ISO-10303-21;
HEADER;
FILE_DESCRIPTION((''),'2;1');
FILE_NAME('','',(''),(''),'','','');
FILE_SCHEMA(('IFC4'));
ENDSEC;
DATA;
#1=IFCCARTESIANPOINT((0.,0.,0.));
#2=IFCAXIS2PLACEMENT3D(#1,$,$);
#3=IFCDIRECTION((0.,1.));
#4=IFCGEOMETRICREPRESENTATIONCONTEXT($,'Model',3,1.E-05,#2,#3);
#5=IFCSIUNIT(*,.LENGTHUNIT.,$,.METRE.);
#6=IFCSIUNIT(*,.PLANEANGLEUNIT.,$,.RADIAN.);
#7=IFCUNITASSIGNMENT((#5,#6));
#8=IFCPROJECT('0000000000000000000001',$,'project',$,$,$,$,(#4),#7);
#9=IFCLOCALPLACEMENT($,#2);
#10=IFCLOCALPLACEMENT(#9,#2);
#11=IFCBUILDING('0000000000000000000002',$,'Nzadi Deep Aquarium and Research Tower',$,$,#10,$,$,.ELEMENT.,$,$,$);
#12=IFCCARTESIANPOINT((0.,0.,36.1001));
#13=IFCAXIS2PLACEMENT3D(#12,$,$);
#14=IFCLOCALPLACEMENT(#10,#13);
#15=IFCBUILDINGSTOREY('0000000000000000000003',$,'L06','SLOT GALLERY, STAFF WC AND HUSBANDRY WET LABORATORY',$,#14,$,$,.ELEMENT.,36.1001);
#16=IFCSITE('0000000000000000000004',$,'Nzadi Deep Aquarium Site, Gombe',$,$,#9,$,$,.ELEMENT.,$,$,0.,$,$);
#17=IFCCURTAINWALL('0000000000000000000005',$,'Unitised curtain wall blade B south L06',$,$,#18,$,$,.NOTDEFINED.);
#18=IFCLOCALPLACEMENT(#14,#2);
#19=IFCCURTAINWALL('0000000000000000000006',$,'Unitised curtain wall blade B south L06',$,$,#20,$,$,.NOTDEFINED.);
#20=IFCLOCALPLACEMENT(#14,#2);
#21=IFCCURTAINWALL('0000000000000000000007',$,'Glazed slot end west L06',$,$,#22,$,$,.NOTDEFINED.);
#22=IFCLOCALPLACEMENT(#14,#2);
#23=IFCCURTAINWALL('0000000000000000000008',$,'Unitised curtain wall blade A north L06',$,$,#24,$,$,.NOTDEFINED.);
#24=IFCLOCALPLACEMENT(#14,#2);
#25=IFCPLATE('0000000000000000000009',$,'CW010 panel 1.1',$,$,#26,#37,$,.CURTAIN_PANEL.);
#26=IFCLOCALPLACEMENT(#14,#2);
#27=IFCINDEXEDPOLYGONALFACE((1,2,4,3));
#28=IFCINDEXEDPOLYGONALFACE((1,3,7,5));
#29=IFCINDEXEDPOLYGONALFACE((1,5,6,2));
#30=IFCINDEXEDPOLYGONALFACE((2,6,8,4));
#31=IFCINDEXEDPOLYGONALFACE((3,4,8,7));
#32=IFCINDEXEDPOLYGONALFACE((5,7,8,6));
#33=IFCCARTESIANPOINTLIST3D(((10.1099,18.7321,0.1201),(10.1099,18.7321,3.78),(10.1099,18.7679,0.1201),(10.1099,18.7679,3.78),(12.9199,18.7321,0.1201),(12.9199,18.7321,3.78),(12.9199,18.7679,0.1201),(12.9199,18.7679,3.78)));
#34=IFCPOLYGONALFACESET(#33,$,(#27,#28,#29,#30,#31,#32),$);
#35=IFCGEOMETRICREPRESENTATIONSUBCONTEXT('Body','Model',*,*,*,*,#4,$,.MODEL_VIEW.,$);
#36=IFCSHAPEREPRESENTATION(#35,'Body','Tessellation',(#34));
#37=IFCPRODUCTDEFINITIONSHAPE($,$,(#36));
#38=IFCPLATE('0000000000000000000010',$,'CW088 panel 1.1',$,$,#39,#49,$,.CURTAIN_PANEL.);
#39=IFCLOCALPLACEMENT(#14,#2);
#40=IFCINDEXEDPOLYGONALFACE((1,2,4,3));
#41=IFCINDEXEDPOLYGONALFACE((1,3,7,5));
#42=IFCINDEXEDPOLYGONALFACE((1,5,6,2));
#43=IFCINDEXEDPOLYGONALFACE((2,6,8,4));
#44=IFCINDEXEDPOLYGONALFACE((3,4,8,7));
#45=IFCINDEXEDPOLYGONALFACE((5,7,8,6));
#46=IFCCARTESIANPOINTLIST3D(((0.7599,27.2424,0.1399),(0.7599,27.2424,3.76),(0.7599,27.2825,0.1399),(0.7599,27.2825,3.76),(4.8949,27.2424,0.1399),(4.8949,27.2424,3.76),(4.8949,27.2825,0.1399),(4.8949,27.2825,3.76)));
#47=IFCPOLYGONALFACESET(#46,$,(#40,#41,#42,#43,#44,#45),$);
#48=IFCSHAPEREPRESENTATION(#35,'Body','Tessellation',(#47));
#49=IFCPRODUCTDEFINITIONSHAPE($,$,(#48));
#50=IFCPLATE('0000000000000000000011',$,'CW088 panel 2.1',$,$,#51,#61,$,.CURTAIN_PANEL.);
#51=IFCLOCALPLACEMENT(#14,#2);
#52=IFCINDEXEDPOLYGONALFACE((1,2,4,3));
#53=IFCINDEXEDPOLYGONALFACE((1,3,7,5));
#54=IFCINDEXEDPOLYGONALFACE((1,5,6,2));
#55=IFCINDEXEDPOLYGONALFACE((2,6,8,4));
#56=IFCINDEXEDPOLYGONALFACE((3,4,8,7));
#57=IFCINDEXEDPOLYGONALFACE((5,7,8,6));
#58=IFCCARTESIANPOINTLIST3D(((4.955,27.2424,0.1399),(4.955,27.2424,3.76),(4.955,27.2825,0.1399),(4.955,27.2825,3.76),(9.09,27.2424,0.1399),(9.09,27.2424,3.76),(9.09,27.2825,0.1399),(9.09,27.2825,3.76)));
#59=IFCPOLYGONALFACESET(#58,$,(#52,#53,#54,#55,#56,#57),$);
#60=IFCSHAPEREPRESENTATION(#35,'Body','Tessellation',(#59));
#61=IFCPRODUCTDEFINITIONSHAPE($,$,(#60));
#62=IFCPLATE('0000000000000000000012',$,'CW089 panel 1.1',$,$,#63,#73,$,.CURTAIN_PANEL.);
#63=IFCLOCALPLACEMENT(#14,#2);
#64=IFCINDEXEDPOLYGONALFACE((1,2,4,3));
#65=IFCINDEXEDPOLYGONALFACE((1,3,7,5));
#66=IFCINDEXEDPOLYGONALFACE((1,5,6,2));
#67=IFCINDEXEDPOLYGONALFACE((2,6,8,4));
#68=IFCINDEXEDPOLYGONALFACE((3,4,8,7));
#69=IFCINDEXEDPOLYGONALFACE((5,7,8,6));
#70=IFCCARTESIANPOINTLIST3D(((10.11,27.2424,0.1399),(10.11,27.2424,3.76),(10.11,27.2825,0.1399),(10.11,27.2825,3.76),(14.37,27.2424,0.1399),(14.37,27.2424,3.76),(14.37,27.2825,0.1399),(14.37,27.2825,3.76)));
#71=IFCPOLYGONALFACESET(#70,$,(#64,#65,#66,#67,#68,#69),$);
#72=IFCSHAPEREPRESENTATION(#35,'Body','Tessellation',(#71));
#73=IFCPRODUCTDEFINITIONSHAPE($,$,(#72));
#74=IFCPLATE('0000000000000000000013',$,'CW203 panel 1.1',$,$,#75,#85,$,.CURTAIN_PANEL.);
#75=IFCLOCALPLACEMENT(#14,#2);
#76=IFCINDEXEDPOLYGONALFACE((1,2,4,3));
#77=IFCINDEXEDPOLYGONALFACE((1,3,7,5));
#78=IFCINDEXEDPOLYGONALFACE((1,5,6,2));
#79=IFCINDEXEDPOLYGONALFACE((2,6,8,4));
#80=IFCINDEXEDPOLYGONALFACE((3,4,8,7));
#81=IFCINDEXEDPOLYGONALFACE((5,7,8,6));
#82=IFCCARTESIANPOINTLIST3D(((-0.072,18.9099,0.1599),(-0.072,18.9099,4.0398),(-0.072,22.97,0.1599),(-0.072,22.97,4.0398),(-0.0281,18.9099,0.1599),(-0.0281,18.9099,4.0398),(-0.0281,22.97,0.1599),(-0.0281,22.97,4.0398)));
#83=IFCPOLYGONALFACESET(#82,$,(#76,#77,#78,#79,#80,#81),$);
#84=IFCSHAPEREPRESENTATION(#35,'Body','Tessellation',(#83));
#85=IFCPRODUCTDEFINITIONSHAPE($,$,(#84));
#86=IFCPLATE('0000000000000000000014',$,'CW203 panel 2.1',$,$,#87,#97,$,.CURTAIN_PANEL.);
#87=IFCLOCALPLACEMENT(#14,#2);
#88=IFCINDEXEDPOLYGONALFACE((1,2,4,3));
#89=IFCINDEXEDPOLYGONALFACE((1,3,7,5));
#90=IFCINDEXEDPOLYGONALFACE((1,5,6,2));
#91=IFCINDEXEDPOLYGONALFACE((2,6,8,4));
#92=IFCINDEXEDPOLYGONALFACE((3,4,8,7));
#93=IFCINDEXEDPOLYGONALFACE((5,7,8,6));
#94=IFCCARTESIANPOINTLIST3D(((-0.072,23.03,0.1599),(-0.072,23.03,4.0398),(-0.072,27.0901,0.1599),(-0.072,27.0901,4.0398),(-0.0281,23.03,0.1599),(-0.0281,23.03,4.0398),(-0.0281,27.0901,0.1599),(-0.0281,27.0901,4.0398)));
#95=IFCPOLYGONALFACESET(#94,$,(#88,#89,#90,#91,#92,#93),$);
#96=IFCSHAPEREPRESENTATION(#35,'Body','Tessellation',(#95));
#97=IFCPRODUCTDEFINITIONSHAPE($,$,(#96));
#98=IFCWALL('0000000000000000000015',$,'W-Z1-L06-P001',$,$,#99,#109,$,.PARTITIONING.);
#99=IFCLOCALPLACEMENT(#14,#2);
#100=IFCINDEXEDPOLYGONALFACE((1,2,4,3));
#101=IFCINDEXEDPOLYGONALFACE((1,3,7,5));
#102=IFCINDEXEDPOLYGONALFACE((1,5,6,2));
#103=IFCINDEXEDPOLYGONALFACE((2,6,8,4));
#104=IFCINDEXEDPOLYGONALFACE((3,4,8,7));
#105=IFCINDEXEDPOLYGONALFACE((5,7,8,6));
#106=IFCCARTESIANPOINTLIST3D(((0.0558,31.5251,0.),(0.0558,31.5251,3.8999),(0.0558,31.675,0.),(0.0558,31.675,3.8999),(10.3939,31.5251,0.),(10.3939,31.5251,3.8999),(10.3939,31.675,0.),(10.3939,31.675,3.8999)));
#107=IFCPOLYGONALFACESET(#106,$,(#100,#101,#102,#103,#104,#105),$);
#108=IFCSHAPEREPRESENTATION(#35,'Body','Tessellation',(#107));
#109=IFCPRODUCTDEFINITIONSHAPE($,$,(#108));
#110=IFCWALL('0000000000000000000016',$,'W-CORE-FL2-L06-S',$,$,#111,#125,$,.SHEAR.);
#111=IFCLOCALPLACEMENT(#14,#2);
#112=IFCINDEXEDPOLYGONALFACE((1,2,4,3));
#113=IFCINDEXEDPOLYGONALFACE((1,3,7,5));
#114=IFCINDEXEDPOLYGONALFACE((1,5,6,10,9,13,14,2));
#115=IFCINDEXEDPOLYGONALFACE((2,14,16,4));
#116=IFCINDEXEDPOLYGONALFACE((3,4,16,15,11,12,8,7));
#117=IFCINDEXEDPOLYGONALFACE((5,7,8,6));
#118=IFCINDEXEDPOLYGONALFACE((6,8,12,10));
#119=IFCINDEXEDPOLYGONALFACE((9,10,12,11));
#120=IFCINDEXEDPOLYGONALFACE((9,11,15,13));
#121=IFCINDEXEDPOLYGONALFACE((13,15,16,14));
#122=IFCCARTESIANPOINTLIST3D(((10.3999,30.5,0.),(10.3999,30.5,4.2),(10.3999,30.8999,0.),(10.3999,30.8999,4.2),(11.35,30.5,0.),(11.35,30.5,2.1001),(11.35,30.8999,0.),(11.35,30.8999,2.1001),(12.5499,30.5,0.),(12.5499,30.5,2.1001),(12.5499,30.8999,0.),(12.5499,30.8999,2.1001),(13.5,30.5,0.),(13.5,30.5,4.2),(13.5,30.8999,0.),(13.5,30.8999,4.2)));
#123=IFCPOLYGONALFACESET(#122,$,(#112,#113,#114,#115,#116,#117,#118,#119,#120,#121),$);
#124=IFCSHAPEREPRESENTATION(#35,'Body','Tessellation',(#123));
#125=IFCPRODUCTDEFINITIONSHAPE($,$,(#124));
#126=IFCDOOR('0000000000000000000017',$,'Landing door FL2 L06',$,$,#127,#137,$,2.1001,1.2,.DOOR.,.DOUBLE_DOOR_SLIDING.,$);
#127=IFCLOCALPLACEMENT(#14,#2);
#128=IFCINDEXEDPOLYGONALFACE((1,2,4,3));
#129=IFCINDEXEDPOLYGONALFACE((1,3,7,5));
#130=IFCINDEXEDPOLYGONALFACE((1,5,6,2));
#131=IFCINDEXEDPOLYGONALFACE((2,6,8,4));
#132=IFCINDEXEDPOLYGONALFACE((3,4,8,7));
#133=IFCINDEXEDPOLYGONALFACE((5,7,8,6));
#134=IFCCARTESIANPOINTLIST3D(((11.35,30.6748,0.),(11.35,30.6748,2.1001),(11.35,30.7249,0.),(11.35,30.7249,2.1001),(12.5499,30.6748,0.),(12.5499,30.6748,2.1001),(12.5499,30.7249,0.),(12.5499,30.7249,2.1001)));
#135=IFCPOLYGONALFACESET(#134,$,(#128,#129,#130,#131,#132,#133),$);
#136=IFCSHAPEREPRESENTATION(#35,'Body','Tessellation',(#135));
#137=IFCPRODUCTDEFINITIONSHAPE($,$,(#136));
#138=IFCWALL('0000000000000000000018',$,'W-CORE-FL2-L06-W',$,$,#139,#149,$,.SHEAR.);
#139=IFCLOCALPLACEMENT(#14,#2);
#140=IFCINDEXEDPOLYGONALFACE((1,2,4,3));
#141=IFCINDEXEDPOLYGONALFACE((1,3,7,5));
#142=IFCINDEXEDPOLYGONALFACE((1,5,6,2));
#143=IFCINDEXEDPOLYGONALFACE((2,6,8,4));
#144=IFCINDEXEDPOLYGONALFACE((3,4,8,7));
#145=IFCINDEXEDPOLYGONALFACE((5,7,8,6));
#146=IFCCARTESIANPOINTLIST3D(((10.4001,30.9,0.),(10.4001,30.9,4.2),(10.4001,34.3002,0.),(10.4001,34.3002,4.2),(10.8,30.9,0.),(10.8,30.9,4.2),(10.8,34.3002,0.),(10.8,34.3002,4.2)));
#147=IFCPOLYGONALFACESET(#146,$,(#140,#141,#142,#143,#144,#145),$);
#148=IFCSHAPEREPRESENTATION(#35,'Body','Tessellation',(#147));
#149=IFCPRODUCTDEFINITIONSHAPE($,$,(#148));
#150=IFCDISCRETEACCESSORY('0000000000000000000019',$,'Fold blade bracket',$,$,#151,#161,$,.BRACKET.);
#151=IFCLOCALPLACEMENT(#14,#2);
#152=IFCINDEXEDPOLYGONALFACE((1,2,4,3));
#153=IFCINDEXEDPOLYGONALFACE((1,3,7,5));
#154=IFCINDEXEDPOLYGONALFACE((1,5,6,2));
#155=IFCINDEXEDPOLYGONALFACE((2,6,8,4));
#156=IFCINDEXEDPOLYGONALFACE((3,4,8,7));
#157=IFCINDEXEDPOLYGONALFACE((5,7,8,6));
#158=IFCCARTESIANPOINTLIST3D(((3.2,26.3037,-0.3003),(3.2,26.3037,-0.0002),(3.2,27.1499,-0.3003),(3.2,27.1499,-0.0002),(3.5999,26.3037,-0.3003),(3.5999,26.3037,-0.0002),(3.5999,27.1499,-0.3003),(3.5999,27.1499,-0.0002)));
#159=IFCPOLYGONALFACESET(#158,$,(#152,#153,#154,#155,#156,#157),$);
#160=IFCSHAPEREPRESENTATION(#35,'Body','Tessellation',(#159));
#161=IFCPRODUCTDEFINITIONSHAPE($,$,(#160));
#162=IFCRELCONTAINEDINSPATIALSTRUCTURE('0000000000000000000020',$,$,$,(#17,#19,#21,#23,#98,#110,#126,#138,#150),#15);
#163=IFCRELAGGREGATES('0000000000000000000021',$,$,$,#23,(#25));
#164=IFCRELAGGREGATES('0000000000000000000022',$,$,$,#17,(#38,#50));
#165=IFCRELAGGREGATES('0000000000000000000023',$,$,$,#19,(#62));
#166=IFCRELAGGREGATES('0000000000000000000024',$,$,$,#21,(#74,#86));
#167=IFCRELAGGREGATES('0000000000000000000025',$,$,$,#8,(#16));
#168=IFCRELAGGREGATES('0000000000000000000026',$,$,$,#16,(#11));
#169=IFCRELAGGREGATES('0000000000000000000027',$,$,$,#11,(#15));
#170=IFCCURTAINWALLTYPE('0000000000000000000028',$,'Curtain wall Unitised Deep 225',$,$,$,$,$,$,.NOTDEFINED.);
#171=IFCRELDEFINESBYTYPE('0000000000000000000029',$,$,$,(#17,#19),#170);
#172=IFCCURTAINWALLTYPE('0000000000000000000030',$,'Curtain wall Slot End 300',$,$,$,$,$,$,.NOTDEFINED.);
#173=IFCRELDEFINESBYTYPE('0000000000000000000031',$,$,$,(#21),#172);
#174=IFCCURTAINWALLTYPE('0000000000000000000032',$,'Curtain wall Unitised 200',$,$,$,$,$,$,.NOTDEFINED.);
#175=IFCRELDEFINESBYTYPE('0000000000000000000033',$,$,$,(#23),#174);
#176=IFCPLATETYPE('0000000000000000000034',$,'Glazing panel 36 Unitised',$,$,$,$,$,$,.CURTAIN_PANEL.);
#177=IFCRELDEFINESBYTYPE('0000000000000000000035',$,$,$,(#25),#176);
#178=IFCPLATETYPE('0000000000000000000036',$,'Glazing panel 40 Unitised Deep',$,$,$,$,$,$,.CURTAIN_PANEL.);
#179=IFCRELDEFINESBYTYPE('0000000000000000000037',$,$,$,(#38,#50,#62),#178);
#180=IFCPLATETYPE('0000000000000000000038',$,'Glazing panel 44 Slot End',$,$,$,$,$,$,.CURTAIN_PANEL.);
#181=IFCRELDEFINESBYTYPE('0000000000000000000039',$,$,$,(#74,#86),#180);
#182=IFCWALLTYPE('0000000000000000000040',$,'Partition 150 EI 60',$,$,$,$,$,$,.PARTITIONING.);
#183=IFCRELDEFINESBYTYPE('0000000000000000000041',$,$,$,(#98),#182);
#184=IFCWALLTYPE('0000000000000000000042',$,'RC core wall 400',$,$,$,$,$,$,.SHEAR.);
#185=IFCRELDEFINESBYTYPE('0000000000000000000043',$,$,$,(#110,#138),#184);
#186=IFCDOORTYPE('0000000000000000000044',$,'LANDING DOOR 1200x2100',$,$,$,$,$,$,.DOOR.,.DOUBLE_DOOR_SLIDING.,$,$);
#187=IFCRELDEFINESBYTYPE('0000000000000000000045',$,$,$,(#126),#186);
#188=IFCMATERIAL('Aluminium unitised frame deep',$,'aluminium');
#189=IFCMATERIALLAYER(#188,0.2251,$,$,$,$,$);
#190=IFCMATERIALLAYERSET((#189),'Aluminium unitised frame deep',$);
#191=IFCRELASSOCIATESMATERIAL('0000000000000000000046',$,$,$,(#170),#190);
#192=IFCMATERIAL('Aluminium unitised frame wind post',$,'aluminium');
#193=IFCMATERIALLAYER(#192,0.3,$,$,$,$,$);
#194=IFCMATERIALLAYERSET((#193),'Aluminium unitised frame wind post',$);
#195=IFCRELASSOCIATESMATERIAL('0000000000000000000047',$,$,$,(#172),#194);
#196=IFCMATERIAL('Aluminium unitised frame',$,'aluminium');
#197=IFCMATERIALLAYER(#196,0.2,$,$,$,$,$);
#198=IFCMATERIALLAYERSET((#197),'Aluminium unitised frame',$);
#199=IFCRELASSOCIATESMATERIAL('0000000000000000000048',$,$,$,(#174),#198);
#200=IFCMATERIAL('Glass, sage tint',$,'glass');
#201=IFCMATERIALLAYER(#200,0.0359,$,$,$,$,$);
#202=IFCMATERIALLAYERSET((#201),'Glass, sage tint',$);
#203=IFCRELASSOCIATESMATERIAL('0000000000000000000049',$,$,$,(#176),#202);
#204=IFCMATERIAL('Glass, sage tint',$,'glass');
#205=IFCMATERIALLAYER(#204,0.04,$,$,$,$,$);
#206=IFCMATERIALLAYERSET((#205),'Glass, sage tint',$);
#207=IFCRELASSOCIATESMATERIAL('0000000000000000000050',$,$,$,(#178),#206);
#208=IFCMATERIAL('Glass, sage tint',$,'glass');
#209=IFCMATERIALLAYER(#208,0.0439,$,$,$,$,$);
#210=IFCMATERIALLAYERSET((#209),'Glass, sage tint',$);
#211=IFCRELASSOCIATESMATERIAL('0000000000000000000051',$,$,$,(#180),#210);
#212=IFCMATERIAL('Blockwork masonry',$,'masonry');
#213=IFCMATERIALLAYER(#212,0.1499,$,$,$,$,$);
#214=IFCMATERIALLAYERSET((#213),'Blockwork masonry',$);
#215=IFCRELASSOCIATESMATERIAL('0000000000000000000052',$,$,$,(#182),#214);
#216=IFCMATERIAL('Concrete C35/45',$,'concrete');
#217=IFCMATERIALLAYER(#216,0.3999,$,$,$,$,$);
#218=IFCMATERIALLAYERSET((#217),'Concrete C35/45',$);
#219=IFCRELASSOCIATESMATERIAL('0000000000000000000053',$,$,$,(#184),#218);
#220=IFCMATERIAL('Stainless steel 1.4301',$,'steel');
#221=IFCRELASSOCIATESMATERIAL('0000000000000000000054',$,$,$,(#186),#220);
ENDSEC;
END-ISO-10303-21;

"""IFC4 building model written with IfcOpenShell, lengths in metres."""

from ifc_helpers import new_model, si_unit, direction, frame, frame_2d, origin, origin_2d, place, context, subcontext, project, spatial, rectangle, extrude, material, layer, layer_set, type_object, element, fill, aggregate, save


model = new_model("IFC4")

# Units and contexts
model_context = context("Model", 3, precision=1e-05, world=origin(), true_north=direction((0.0, 1.0)))
body_context = subcontext(model_context, "Body", "Model", "MODEL_VIEW")
ifc_project = project(units=[si_unit("LENGTHUNIT", "METRE"), si_unit("PLANEANGLEUNIT", "RADIAN")], contexts=[model_context])

# Site, building, storey
site_placement = place(None, origin())
site = spatial("IfcSite", under=ifc_project, at=site_placement, Name="Nzadi Deep Aquarium Site, Gombe", CompositionType="ELEMENT", RefElevation=0.0)
building_placement = place(site_placement, origin())
building = spatial("IfcBuilding", under=site, at=building_placement, Name="Nzadi Deep Aquarium and Research Tower", CompositionType="ELEMENT")
storey_placement = place(building_placement, frame((0.0, 0.0, 36.1001)))
storey = spatial("IfcBuildingStorey", under=building, at=storey_placement, Name="L06", Description="SLOT GALLERY, STAFF WC AND HUSBANDRY WET LABORATORY", CompositionType="ELEMENT", Elevation=36.1001)

# Curtain wall
ifc_material_1 = material(Name="Aluminium unitised frame deep", Category="aluminium")
ifc_layer_1 = layer(ifc_material_1, 0.2251)
ifc_layer_set_1 = layer_set([ifc_layer_1], Name="Aluminium unitised frame deep")
curtain_wall_type_1 = type_object("IfcCurtainWallType", Name="Curtain wall Unitised Deep 225", PredefinedType="NOTDEFINED", material=ifc_layer_set_1)
curtain_wall_1_placement = place(storey_placement, origin())
curtain_wall_1 = element("IfcCurtainWall", 1, at=curtain_wall_1_placement, inside=storey, type_object=curtain_wall_type_1, Name="Unitised curtain wall blade B south L06", PredefinedType="NOTDEFINED")

# Curtain wall
curtain_wall_2_placement = place(storey_placement, origin())
curtain_wall_2 = element("IfcCurtainWall", 2, at=curtain_wall_2_placement, inside=storey, type_object=curtain_wall_type_1, Name="Unitised curtain wall blade B south L06", PredefinedType="NOTDEFINED")

# Curtain wall
ifc_material_2 = material(Name="Aluminium unitised frame wind post", Category="aluminium")
ifc_layer_2 = layer(ifc_material_2, 0.3)
ifc_layer_set_2 = layer_set([ifc_layer_2], Name="Aluminium unitised frame wind post")
curtain_wall_type_2 = type_object("IfcCurtainWallType", Name="Curtain wall Slot End 300", PredefinedType="NOTDEFINED", material=ifc_layer_set_2)
curtain_wall_3_placement = place(storey_placement, origin())
curtain_wall_3 = element("IfcCurtainWall", 3, at=curtain_wall_3_placement, inside=storey, type_object=curtain_wall_type_2, Name="Glazed slot end west L06", PredefinedType="NOTDEFINED")

# Curtain wall, plate
ifc_material_3 = material(Name="Aluminium unitised frame", Category="aluminium")
ifc_layer_3 = layer(ifc_material_3, 0.2)
ifc_layer_set_3 = layer_set([ifc_layer_3], Name="Aluminium unitised frame")
curtain_wall_type_3 = type_object("IfcCurtainWallType", Name="Curtain wall Unitised 200", PredefinedType="NOTDEFINED", material=ifc_layer_set_3)
curtain_wall_4_placement = place(storey_placement, origin())
curtain_wall_4 = element("IfcCurtainWall", 4, at=curtain_wall_4_placement, inside=storey, type_object=curtain_wall_type_3, Name="Unitised curtain wall blade A north L06", PredefinedType="NOTDEFINED")
ifc_material_4 = material(Name="Glass, sage tint", Category="glass")
ifc_layer_4 = layer(ifc_material_4, 0.0359)
ifc_layer_set_4 = layer_set([ifc_layer_4], Name="Glass, sage tint")
plate_type_1 = type_object("IfcPlateType", Name="Glazing panel 36 Unitised", PredefinedType="CURTAIN_PANEL", material=ifc_layer_set_4)
plate_1_placement = place(storey_placement, frame((11.5149, 18.75, 0.1201), z_axis=(0.0, 0.0, 1.0), x_axis=(1.0, 0.0, 0.0)))
plate_1 = element("IfcPlate", 5, at=plate_1_placement, type_object=plate_type_1, Name="CW010 panel 1.1", PredefinedType="CURTAIN_PANEL", context=body_context, shape_type="SweptSolid", body=[
    extrude(rectangle(XDim=2.8101, YDim=0.0359, at=origin_2d()), origin(), (0.0, 0.0, 1.0), 3.6599),
])
aggregate(curtain_wall_4, [plate_1])

# Plates
ifc_material_5 = material(Name="Glass, sage tint", Category="glass")
ifc_layer_5 = layer(ifc_material_5, 0.04)
ifc_layer_set_5 = layer_set([ifc_layer_5], Name="Glass, sage tint")
plate_type_2 = type_object("IfcPlateType", Name="Glazing panel 40 Unitised Deep", PredefinedType="CURTAIN_PANEL", material=ifc_layer_set_5)
plate_2_placement = place(storey_placement, frame((2.8274, 27.2625, 0.1399), z_axis=(0.0, 0.0, 1.0), x_axis=(1.0, 0.0, 0.0)))
plate_2 = element("IfcPlate", 6, at=plate_2_placement, type_object=plate_type_2, Name="CW088 panel 1.1", PredefinedType="CURTAIN_PANEL", context=body_context, shape_type="SweptSolid", body=[
    extrude(rectangle(XDim=4.135, YDim=0.04, at=origin_2d()), origin(), (0.0, 0.0, 1.0), 3.6201),
])
plate_3_placement = place(storey_placement, frame((7.0225, 27.2625, 0.1399), z_axis=(0.0, 0.0, 1.0), x_axis=(1.0, 0.0, 0.0)))
plate_3 = element("IfcPlate", 7, at=plate_3_placement, type_object=plate_type_2, Name="CW088 panel 2.1", PredefinedType="CURTAIN_PANEL", context=body_context, shape_type="SweptSolid", body=[
    extrude(rectangle(XDim=4.135, YDim=0.04, at=origin_2d()), origin(), (0.0, 0.0, 1.0), 3.6201),
])
aggregate(curtain_wall_1, [plate_2, plate_3])
plate_4_placement = place(storey_placement, frame((12.24, 27.2625, 0.1399), z_axis=(0.0, 0.0, 1.0), x_axis=(1.0, 0.0, 0.0)))
plate_4 = element("IfcPlate", 8, at=plate_4_placement, type_object=plate_type_2, Name="CW089 panel 1.1", PredefinedType="CURTAIN_PANEL", context=body_context, shape_type="SweptSolid", body=[
    extrude(rectangle(XDim=4.26, YDim=0.04, at=origin_2d()), origin(), (0.0, 0.0, 1.0), 3.6201),
])
aggregate(curtain_wall_2, [plate_4])
ifc_material_6 = material(Name="Glass, sage tint", Category="glass")
ifc_layer_6 = layer(ifc_material_6, 0.0439)
ifc_layer_set_6 = layer_set([ifc_layer_6], Name="Glass, sage tint")
plate_type_3 = type_object("IfcPlateType", Name="Glazing panel 44 Slot End", PredefinedType="CURTAIN_PANEL", material=ifc_layer_set_6)
plate_5_placement = place(storey_placement, frame((-0.05, 20.9399, 0.1599), z_axis=(0.0, 0.0, 1.0), x_axis=(0.0, 1.0, 0.0)))
plate_5 = element("IfcPlate", 9, at=plate_5_placement, type_object=plate_type_3, Name="CW203 panel 1.1", PredefinedType="CURTAIN_PANEL", context=body_context, shape_type="SweptSolid", body=[
    extrude(rectangle(XDim=4.0601, YDim=0.0439, at=origin_2d()), origin(), (0.0, 0.0, 1.0), 3.8799),
])
plate_6_placement = place(storey_placement, frame((-0.05, 25.0601, 0.1599), z_axis=(0.0, 0.0, 1.0), x_axis=(0.0, 1.0, 0.0)))
plate_6 = element("IfcPlate", 10, at=plate_6_placement, type_object=plate_type_3, Name="CW203 panel 2.1", PredefinedType="CURTAIN_PANEL", context=body_context, shape_type="SweptSolid", body=[
    extrude(rectangle(XDim=4.0601, YDim=0.0439, at=origin_2d()), origin(), (0.0, 0.0, 1.0), 3.8799),
])
aggregate(curtain_wall_3, [plate_5, plate_6])

# Wall
ifc_material_7 = material(Name="Blockwork masonry", Category="masonry")
ifc_layer_7 = layer(ifc_material_7, 0.1499)
ifc_layer_set_7 = layer_set([ifc_layer_7], Name="Blockwork masonry")
wall_type_1 = type_object("IfcWallType", Name="Partition 150 EI 60", PredefinedType="PARTITIONING", material=ifc_layer_set_7)
wall_1_placement = place(storey_placement, frame((0.0559, 31.6001, 0.0), z_axis=(0.0, 0.0, 1.0), x_axis=(1.0, 0.0, 0.0)))
element("IfcWall", 11, at=wall_1_placement, inside=storey, type_object=wall_type_1, Name="W-Z1-L06-P001", PredefinedType="PARTITIONING", context=body_context, shape_type="SweptSolid", body=[
    extrude(rectangle(XDim=10.3381, YDim=0.1499, at=frame_2d((5.1689, 0.0))), origin(), (0.0, 0.0, 1.0), 3.8999),
])

# Wall, opening, door
ifc_material_8 = material(Name="Concrete C35/45", Category="concrete")
ifc_layer_8 = layer(ifc_material_8, 0.3999)
ifc_layer_set_8 = layer_set([ifc_layer_8], Name="Concrete C35/45")
wall_type_2 = type_object("IfcWallType", Name="RC core wall 400", PredefinedType="SHEAR", material=ifc_layer_set_8)
wall_2_placement = place(storey_placement, frame((10.3999, 30.7, 0.0), z_axis=(0.0, 0.0, 1.0), x_axis=(1.0, 0.0, 0.0)))
wall_2 = element("IfcWall", 12, at=wall_2_placement, inside=storey, type_object=wall_type_2, Name="W-CORE-FL2-L06-S", PredefinedType="SHEAR", context=body_context, shape_type="SweptSolid", body=[
    extrude(rectangle(XDim=3.1001, YDim=0.3999, at=frame_2d((1.55, 0.0))), origin(), (0.0, 0.0, 1.0), 4.2),
])
opening_placement = place(wall_2_placement, frame((0.95, 0.0, 0.0)))
opening = element("IfcOpeningElement", 13, at=opening_placement, cuts=wall_2, PredefinedType="OPENING", context=body_context, shape_type="SweptSolid", body=[
    extrude(rectangle(XDim=1.2, YDim=2.1001, at=frame_2d((0.6001, 1.05))), frame((0.0, 0.21, 0.0), z_axis=(0.0, -1.0, 0.0), x_axis=(1.0, 0.0, 0.0)), (0.0, 0.0, 1.0), 0.4199),
])
ifc_material_9 = material(Name="Stainless steel 1.4301", Category="steel")
door_type = type_object("IfcDoorType", Name="LANDING DOOR 1200x2100", OperationType="DOUBLE_DOOR_SLIDING", PredefinedType="DOOR", material=ifc_material_9)
door_placement = place(opening_placement, origin())
door = element("IfcDoor", 14, at=door_placement, inside=storey, type_object=door_type, Name="Landing door FL2 L06", OperationType="DOUBLE_DOOR_SLIDING", OverallHeight=2.1001, OverallWidth=1.2, PredefinedType="DOOR", context=body_context, shape_type="SweptSolid", body=[
    extrude(rectangle(XDim=1.2, YDim=2.1001, at=frame_2d((0.6001, 1.05))), frame((0.0, 0.0249, 0.0), z_axis=(0.0, -1.0, 0.0), x_axis=(1.0, 0.0, 0.0)), (0.0, 0.0, 1.0), 0.05),
])
fill(opening, door)

# Wall
wall_3_placement = place(storey_placement, frame((10.6001, 30.8999, 0.0), z_axis=(0.0, 0.0, 1.0), x_axis=(0.0, 1.0, 0.0)))
element("IfcWall", 15, at=wall_3_placement, inside=storey, type_object=wall_type_2, Name="W-CORE-FL2-L06-W", PredefinedType="SHEAR", context=body_context, shape_type="SweptSolid", body=[
    extrude(rectangle(XDim=3.4001, YDim=0.3999, at=frame_2d((1.7002, 0.0))), origin(), (0.0, 0.0, 1.0), 4.2),
])

# Discrete accessory
discrete_accessory_placement = place(storey_placement, frame((3.3999, 26.7268, -0.3003), z_axis=(0.0, 0.0, 1.0), x_axis=(1.0, 0.0, 0.0)))
element("IfcDiscreteAccessory", 16, at=discrete_accessory_placement, inside=storey, Name="Fold blade bracket", PredefinedType="BRACKET", context=body_context, shape_type="SweptSolid", body=[
    extrude(rectangle(XDim=0.3999, YDim=0.8462, at=origin_2d()), origin(), (0.0, 0.0, 1.0), 0.3),
])

save(model, "model.ifc")
